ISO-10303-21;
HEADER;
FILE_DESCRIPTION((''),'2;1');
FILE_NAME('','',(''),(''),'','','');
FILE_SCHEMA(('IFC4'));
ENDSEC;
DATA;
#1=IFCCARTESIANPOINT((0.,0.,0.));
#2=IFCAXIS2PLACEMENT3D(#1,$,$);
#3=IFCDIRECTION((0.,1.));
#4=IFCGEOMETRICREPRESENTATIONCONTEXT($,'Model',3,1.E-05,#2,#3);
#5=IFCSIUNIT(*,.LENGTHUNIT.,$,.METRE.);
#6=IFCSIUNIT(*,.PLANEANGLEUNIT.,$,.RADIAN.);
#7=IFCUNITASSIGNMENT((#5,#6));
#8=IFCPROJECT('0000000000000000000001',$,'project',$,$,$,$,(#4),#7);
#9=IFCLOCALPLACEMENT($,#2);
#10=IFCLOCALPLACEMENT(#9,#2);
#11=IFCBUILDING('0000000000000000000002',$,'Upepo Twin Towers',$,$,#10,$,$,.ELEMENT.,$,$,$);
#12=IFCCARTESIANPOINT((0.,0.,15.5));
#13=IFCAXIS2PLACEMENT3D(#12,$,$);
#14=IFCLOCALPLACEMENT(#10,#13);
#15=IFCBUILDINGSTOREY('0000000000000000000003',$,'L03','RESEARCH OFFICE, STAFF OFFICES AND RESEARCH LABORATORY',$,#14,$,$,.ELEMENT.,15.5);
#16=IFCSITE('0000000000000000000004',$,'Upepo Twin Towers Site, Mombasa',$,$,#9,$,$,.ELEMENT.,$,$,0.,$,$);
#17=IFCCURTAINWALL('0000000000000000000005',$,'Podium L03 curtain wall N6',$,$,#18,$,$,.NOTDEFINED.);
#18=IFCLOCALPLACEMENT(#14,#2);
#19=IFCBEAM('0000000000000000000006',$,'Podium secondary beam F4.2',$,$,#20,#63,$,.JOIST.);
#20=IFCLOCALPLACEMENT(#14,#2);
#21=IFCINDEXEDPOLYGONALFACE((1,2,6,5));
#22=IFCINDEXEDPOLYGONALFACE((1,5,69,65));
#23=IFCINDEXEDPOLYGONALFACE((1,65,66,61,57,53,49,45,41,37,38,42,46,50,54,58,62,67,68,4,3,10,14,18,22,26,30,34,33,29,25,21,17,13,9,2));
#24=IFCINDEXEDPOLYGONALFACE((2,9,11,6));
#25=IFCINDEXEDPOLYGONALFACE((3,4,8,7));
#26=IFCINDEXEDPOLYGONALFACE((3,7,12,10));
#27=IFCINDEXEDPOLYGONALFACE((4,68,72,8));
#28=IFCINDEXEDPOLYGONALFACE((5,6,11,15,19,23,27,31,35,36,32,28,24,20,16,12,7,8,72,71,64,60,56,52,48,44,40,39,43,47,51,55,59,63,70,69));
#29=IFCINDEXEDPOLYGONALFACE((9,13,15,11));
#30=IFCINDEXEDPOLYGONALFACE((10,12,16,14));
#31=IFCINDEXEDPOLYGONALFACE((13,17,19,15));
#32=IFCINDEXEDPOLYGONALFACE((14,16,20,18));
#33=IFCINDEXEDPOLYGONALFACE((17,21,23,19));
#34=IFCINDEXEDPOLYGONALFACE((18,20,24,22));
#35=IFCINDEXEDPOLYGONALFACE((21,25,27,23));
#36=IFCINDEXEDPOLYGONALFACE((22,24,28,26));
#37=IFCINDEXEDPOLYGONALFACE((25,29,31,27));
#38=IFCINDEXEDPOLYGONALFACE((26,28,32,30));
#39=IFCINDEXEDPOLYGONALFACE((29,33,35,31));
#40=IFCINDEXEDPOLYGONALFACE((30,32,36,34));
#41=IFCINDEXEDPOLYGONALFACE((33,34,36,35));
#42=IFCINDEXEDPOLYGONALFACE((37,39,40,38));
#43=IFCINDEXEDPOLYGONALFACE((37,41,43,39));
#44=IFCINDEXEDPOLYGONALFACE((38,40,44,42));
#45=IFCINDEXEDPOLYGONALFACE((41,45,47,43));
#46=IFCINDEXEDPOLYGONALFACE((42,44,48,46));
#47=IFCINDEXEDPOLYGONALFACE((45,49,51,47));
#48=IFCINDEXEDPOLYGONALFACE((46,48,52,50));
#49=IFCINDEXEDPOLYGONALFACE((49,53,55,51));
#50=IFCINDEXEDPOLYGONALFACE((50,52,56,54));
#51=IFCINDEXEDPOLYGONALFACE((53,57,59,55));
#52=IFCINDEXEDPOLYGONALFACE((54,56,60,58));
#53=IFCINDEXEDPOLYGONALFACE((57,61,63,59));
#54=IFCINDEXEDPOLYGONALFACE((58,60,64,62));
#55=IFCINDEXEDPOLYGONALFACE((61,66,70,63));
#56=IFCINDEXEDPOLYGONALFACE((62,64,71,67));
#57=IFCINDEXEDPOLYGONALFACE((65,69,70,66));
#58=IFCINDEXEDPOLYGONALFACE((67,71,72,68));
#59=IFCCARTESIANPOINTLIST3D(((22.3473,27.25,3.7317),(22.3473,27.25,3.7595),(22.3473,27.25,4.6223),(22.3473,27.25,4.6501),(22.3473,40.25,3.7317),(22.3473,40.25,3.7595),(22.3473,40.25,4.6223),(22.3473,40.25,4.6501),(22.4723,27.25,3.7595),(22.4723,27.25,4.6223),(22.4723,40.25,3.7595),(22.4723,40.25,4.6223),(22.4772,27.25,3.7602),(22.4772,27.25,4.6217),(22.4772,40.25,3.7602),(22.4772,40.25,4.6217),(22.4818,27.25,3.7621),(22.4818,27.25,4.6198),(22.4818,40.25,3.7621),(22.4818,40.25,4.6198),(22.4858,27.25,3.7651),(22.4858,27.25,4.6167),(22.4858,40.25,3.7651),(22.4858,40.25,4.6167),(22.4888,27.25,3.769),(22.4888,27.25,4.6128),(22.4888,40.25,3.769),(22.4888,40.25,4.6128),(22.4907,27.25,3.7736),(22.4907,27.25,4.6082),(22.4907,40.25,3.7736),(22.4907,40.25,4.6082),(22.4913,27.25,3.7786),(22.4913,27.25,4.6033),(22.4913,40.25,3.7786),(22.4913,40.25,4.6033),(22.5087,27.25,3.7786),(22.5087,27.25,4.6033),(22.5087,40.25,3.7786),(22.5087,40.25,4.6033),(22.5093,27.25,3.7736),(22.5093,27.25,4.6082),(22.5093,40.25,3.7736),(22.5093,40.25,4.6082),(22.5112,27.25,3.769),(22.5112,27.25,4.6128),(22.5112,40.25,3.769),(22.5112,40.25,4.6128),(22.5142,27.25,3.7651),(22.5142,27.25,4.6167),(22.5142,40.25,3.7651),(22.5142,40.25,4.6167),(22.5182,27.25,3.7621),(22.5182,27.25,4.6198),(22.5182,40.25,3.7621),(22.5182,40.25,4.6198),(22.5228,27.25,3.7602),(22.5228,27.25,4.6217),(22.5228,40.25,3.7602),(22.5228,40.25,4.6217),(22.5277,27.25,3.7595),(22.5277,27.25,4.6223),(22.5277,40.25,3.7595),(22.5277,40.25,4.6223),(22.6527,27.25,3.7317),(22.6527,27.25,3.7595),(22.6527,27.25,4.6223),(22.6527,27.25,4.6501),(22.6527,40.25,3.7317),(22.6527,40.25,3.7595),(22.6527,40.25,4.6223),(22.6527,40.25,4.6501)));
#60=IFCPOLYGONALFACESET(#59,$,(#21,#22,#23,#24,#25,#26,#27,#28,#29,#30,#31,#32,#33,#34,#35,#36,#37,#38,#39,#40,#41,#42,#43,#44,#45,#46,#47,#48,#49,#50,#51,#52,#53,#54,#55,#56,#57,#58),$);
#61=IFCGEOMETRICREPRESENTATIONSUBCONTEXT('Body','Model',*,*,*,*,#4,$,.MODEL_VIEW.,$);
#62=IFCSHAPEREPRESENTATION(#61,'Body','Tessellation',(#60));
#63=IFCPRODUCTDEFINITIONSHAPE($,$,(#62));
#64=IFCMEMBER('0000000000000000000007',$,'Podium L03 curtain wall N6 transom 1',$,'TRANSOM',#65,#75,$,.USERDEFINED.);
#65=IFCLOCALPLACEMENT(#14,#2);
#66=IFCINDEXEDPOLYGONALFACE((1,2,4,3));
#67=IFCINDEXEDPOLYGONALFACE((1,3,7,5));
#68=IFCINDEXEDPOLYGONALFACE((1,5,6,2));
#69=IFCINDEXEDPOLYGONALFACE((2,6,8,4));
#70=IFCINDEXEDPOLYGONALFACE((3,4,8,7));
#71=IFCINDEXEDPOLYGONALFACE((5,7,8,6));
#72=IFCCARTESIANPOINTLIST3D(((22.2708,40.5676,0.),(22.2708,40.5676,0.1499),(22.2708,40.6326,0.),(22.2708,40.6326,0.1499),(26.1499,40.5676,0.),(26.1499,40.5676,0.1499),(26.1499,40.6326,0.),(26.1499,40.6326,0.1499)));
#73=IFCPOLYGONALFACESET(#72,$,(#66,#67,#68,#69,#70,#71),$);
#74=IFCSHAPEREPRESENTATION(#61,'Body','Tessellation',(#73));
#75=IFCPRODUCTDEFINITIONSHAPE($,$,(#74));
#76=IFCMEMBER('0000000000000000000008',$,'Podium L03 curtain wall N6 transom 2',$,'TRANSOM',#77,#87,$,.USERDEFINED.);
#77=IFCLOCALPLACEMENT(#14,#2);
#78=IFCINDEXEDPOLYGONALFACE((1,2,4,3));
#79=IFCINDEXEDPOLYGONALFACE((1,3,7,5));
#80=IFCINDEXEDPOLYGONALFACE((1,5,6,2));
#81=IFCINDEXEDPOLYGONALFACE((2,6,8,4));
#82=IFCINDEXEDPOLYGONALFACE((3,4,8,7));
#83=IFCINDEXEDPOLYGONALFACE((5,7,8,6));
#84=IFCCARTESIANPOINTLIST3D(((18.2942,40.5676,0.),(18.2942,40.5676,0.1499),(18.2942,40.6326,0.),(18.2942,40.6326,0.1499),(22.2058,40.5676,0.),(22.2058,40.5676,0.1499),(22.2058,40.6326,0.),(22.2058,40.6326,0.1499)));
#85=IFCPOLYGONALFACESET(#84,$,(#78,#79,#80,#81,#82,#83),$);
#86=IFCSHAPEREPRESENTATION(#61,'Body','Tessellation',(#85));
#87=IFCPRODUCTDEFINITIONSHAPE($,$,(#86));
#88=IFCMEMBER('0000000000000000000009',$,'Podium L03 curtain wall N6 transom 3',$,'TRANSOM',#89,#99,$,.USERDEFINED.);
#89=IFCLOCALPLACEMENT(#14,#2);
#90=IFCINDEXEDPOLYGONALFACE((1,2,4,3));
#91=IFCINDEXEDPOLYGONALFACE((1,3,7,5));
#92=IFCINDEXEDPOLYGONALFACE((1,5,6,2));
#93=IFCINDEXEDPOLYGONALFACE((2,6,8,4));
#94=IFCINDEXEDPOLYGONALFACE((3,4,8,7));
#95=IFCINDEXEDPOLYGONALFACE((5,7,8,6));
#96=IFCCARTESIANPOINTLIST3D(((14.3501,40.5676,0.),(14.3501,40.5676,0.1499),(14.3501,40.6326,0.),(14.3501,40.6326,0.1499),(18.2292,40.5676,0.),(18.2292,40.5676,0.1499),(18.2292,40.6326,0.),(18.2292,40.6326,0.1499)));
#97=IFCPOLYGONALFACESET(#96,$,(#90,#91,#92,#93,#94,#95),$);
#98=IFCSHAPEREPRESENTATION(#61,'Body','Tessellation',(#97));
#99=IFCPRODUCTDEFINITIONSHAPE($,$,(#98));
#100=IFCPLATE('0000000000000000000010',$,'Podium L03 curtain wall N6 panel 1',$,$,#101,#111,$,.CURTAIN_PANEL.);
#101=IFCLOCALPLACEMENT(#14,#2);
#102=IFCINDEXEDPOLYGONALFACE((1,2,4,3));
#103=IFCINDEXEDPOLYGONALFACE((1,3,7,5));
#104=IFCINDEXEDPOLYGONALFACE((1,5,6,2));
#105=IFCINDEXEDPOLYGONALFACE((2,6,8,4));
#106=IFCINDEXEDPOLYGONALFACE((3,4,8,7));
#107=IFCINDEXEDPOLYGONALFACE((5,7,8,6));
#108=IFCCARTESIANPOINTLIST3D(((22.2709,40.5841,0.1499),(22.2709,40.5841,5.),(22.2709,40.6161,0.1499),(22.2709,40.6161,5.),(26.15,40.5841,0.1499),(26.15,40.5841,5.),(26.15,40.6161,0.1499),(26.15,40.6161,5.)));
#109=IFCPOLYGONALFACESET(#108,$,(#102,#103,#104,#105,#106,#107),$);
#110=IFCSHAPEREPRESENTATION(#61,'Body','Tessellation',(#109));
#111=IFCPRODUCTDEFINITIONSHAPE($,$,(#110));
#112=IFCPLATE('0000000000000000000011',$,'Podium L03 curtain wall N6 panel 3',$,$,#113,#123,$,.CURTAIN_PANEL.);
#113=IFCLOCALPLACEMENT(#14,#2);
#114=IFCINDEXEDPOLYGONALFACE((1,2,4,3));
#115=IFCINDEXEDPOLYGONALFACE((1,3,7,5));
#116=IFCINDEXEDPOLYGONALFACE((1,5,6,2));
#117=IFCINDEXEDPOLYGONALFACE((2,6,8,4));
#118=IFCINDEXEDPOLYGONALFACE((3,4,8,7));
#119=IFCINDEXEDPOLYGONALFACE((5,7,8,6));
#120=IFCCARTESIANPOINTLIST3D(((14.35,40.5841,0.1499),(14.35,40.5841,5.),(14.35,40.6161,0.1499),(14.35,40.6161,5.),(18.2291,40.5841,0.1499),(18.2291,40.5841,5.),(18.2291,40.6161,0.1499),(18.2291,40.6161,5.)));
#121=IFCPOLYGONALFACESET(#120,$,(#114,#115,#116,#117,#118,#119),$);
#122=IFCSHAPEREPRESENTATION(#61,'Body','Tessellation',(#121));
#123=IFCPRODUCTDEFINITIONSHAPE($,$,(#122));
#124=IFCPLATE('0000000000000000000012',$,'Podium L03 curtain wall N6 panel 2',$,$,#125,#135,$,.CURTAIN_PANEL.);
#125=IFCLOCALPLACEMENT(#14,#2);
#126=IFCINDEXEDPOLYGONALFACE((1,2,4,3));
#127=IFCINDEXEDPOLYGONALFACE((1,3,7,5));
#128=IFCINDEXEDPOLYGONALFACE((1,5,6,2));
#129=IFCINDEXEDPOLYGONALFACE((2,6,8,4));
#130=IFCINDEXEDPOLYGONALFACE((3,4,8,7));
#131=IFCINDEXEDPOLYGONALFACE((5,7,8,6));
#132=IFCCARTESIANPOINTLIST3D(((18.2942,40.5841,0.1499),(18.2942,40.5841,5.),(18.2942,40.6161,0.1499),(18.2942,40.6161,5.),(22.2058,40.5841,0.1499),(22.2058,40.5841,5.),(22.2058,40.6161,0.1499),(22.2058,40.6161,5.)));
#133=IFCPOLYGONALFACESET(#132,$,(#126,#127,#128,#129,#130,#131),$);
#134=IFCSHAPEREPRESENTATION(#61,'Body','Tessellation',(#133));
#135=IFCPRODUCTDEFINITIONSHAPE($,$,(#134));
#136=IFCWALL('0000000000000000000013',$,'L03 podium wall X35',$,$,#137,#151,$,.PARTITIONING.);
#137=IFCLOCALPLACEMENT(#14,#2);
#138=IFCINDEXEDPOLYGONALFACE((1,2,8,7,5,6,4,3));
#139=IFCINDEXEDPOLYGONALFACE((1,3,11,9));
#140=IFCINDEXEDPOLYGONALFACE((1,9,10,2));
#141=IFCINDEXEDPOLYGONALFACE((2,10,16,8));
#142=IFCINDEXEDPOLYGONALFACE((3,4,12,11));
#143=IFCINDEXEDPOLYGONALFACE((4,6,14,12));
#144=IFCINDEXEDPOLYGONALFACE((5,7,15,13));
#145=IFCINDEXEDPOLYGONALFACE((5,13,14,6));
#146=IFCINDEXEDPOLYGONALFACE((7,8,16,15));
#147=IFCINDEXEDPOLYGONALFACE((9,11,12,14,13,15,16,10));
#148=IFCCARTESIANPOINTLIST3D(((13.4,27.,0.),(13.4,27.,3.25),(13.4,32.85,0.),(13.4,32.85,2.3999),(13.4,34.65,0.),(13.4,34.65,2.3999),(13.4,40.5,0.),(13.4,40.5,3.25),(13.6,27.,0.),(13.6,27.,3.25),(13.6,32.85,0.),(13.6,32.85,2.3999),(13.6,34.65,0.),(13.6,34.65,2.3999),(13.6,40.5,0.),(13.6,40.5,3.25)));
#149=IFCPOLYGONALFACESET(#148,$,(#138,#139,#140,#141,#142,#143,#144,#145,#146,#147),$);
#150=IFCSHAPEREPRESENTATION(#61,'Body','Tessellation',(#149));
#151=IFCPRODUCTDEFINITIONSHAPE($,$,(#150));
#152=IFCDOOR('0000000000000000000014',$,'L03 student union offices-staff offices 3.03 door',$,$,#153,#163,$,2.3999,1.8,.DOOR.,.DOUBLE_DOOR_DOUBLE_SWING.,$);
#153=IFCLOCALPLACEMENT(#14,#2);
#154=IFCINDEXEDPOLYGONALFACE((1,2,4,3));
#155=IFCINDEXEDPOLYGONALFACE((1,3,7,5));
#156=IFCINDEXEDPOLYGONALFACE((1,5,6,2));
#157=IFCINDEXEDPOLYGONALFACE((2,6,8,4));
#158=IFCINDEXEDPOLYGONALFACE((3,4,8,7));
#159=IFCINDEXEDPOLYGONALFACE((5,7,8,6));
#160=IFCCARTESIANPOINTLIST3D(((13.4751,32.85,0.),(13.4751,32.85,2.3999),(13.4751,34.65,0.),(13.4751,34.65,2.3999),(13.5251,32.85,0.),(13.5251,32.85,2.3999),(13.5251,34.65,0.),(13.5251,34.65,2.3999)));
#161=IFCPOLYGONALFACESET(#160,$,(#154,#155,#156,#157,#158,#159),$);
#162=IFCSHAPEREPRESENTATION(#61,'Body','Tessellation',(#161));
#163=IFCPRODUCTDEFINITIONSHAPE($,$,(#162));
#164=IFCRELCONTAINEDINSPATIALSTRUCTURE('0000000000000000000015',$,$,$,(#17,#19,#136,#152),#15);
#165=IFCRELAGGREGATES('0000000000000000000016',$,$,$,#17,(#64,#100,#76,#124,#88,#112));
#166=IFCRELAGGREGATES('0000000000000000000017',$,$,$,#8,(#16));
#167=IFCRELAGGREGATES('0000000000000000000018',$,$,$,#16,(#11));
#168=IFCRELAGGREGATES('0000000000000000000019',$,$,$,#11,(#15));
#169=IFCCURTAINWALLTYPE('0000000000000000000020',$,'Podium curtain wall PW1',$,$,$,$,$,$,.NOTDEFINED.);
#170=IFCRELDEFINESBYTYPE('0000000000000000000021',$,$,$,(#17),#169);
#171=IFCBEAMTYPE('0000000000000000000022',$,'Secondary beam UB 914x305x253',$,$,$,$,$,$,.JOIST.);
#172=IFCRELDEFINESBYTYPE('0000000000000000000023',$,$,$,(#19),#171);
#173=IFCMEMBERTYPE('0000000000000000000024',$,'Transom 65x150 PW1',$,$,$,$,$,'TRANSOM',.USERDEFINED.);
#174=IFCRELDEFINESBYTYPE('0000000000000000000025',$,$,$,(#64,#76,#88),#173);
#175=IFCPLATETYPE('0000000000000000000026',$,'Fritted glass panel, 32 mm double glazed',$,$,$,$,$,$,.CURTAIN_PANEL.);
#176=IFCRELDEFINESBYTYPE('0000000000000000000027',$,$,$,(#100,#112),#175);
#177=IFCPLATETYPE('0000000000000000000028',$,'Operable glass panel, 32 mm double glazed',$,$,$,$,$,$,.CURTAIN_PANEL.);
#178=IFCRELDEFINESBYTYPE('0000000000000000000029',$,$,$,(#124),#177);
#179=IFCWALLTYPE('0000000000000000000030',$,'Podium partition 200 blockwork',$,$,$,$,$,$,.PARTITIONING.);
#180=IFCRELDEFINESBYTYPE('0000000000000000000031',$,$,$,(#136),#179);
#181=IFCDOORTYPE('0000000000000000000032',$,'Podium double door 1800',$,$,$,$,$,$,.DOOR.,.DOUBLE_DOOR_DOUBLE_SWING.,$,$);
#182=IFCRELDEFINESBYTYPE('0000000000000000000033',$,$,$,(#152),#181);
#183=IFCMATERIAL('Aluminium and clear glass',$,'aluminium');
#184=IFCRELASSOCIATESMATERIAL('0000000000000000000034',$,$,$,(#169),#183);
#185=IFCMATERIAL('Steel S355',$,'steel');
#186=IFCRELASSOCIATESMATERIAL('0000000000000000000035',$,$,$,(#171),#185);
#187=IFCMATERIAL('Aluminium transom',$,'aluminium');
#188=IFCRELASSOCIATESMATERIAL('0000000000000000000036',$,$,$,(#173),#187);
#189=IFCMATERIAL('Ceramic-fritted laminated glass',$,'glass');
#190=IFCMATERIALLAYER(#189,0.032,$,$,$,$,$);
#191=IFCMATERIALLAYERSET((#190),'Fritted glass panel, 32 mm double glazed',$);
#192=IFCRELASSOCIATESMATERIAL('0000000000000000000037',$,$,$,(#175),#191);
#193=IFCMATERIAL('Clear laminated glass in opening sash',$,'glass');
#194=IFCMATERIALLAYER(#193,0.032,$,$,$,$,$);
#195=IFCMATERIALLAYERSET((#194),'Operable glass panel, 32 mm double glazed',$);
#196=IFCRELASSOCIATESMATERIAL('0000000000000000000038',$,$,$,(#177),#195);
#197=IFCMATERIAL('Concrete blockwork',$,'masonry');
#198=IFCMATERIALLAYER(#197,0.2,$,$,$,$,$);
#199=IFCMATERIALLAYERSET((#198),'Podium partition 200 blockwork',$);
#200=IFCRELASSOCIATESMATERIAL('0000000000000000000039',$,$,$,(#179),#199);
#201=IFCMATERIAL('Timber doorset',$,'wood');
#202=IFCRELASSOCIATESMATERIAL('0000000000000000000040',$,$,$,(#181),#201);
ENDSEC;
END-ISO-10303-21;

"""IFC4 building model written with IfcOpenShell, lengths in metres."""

from ifc_helpers import new_model, si_unit, direction, frame, frame_2d, origin, origin_2d, place, context, subcontext, project, spatial, rectangle, i_section, extrude, material, layer, layer_set, material_profile, profile_set, type_object, element, fill, aggregate, save


model = new_model("IFC4")

# Units and contexts
model_context = context("Model", 3, precision=1e-05, world=origin(), true_north=direction((0.0, 1.0)))
body_context = subcontext(model_context, "Body", "Model", "MODEL_VIEW")
ifc_project = project(units=[si_unit("LENGTHUNIT", "METRE"), si_unit("PLANEANGLEUNIT", "RADIAN")], contexts=[model_context])

# Site, building, storey
site_placement = place(None, origin())
site = spatial("IfcSite", under=ifc_project, at=site_placement, Name="Upepo Twin Towers Site, Mombasa", CompositionType="ELEMENT", RefElevation=0.0)
building_placement = place(site_placement, origin())
building = spatial("IfcBuilding", under=site, at=building_placement, Name="Upepo Twin Towers", CompositionType="ELEMENT")
storey_placement = place(building_placement, frame((0.0, 0.0, 15.5)))
storey = spatial("IfcBuildingStorey", under=building, at=storey_placement, Name="L03", Description="RESEARCH OFFICE, STAFF OFFICES AND RESEARCH LABORATORY", CompositionType="ELEMENT", Elevation=15.5)

# Curtain wall
ifc_material_1 = material(Name="Aluminium and clear glass", Category="aluminium")
curtain_wall_type = type_object("IfcCurtainWallType", Name="Podium curtain wall PW1", PredefinedType="NOTDEFINED", material=ifc_material_1)
curtain_wall_placement = place(storey_placement, origin())
curtain_wall = element("IfcCurtainWall", 1, at=curtain_wall_placement, inside=storey, type_object=curtain_wall_type, Name="Podium L03 curtain wall N6", PredefinedType="NOTDEFINED")

# Beam
ifc_material_2 = material(Name="Steel S355", Category="steel")
ifc_material_profile_1 = material_profile(ifc_material_2, i_section(OverallWidth=0.3054, OverallDepth=0.9185, WebThickness=0.0173, FlangeThickness=0.0278, FilletRadius=0.019, at=origin_2d()), Name="UB 914x305x253")
ifc_profile_set_1 = profile_set([ifc_material_profile_1], Name="Steel S355")
beam_type_1 = type_object("IfcBeamType", Name="Secondary beam UB 914x305x253", PredefinedType="JOIST", material=ifc_profile_set_1)
for number, where, z_axis, x_axis, name in (
    (2, (22.5, 27.25, 4.1909), (0.0, 1.0, 0.0), (-1.0, 0.0, 0.0), "Podium secondary beam F4.2"),
):
    element("IfcBeam", number, at=place(storey_placement, frame(where, z_axis=z_axis, x_axis=x_axis)), inside=storey, type_object=beam_type_1, Name=name, PredefinedType="JOIST", context=body_context, shape_type="SweptSolid", body=[
        extrude(i_section(OverallWidth=0.3054, OverallDepth=0.9185, WebThickness=0.0173, FlangeThickness=0.0278, FilletRadius=0.019, at=origin_2d()), origin(), (0.0, 0.0, 1.0), 13.0),
    ])

# Members
ifc_material_3 = material(Name="Aluminium transom", Category="aluminium")
ifc_material_profile_2 = material_profile(ifc_material_3, rectangle(XDim=0.0649, YDim=0.1499, at=origin_2d()), Name="TRANSOM 65x150 PODIUM")
ifc_profile_set_2 = profile_set([ifc_material_profile_2], Name="Aluminium transom")
member_type_1 = type_object("IfcMemberType", Name="Transom 65x150 PW1", ElementType="TRANSOM", PredefinedType="USERDEFINED", material=ifc_profile_set_2)
member_1_placement = place(storey_placement, frame((26.1499, 40.6001, 0.075), z_axis=(-1.0, 0.0, 0.0), x_axis=(0.0, -1.0, 0.0)))
member_1 = element("IfcMember", 3, at=member_1_placement, type_object=member_type_1, Name="Podium L03 curtain wall N6 transom 1", ObjectType="TRANSOM", PredefinedType="USERDEFINED", context=body_context, shape_type="SweptSolid", body=[
    extrude(rectangle(XDim=0.0649, YDim=0.1499, at=origin_2d()), origin(), (0.0, 0.0, 1.0), 3.8792),
])
member_2_placement = place(storey_placement, frame((22.2058, 40.6001, 0.075), z_axis=(-1.0, 0.0, 0.0), x_axis=(0.0, -1.0, 0.0)))
member_2 = element("IfcMember", 4, at=member_2_placement, type_object=member_type_1, Name="Podium L03 curtain wall N6 transom 2", ObjectType="TRANSOM", PredefinedType="USERDEFINED", context=body_context, shape_type="SweptSolid", body=[
    extrude(rectangle(XDim=0.0649, YDim=0.1499, at=origin_2d()), origin(), (0.0, 0.0, 1.0), 3.9116),
])
member_3_placement = place(storey_placement, frame((18.2292, 40.6001, 0.075), z_axis=(-1.0, 0.0, 0.0), x_axis=(0.0, -1.0, 0.0)))
member_3 = element("IfcMember", 5, at=member_3_placement, type_object=member_type_1, Name="Podium L03 curtain wall N6 transom 3", ObjectType="TRANSOM", PredefinedType="USERDEFINED", context=body_context, shape_type="SweptSolid", body=[
    extrude(rectangle(XDim=0.0649, YDim=0.1499, at=origin_2d()), origin(), (0.0, 0.0, 1.0), 3.8792),
])

# Plates
ifc_material_4 = material(Name="Ceramic-fritted laminated glass", Category="glass")
ifc_layer_1 = layer(ifc_material_4, 0.032)
ifc_layer_set_1 = layer_set([ifc_layer_1], Name="Fritted glass panel, 32 mm double glazed")
plate_type_1 = type_object("IfcPlateType", Name="Fritted glass panel, 32 mm double glazed", PredefinedType="CURTAIN_PANEL", material=ifc_layer_set_1)
plate_1_placement = place(storey_placement, frame((24.2104, 40.6001, 0.1499), z_axis=(0.0, 0.0, 1.0), x_axis=(-1.0, 0.0, 0.0)))
plate_1 = element("IfcPlate", 6, at=plate_1_placement, type_object=plate_type_1, Name="Podium L03 curtain wall N6 panel 1", PredefinedType="CURTAIN_PANEL", context=body_context, shape_type="SweptSolid", body=[
    extrude(rectangle(XDim=3.8792, YDim=0.032, at=origin_2d()), origin(), (0.0, 0.0, 1.0), 4.8501),
])
plate_2_placement = place(storey_placement, frame((16.2896, 40.6001, 0.1499), z_axis=(0.0, 0.0, 1.0), x_axis=(-1.0, 0.0, 0.0)))
plate_2 = element("IfcPlate", 7, at=plate_2_placement, type_object=plate_type_1, Name="Podium L03 curtain wall N6 panel 3", PredefinedType="CURTAIN_PANEL", context=body_context, shape_type="SweptSolid", body=[
    extrude(rectangle(XDim=3.8792, YDim=0.032, at=origin_2d()), origin(), (0.0, 0.0, 1.0), 4.8501),
])
ifc_material_5 = material(Name="Clear laminated glass in opening sash", Category="glass")
ifc_layer_2 = layer(ifc_material_5, 0.032)
ifc_layer_set_2 = layer_set([ifc_layer_2], Name="Operable glass panel, 32 mm double glazed")
plate_type_2 = type_object("IfcPlateType", Name="Operable glass panel, 32 mm double glazed", PredefinedType="CURTAIN_PANEL", material=ifc_layer_set_2)
plate_3_placement = place(storey_placement, frame((20.25, 40.6001, 0.1499), z_axis=(0.0, 0.0, 1.0), x_axis=(-1.0, 0.0, 0.0)))
plate_3 = element("IfcPlate", 8, at=plate_3_placement, type_object=plate_type_2, Name="Podium L03 curtain wall N6 panel 2", PredefinedType="CURTAIN_PANEL", context=body_context, shape_type="SweptSolid", body=[
    extrude(rectangle(XDim=3.9116, YDim=0.032, at=origin_2d()), origin(), (0.0, 0.0, 1.0), 4.8501),
])
aggregate(curtain_wall, [member_1, plate_1, member_2, plate_3, member_3, plate_2])

# Wall, opening, door
ifc_material_6 = material(Name="Concrete blockwork", Category="masonry")
ifc_layer_3 = layer(ifc_material_6, 0.2)
ifc_layer_set_3 = layer_set([ifc_layer_3], Name="Podium partition 200 blockwork")
wall_type = type_object("IfcWallType", Name="Podium partition 200 blockwork", PredefinedType="PARTITIONING", material=ifc_layer_set_3)
wall_1_placement = place(storey_placement, frame((13.5, 27.0, 0.0), z_axis=(0.0, 0.0, 1.0), x_axis=(0.0, 1.0, 0.0)))
wall_1 = element("IfcWall", 9, at=wall_1_placement, inside=storey, type_object=wall_type, Name="L03 podium wall X35", PredefinedType="PARTITIONING", context=body_context, shape_type="SweptSolid", body=[
    extrude(rectangle(XDim=13.5, YDim=0.2, at=frame_2d((6.75, 0.0))), origin(), (0.0, 0.0, 1.0), 3.25),
])
opening_1_placement = place(wall_1_placement, frame((5.8501, 0.0, 0.0)))
opening_1 = element("IfcOpeningElement", 10, at=opening_1_placement, cuts=wall_1, PredefinedType="OPENING", context=body_context, shape_type="SweptSolid", body=[
    extrude(rectangle(XDim=1.8, YDim=2.3999, at=frame_2d((0.8999, 1.2))), frame((0.0, 0.1099, 0.0), z_axis=(0.0, -1.0, 0.0), x_axis=(1.0, 0.0, 0.0)), (0.0, 0.0, 1.0), 0.22),
])
ifc_material_7 = material(Name="Timber doorset", Category="wood")
door_type = type_object("IfcDoorType", Name="Podium double door 1800", OperationType="DOUBLE_DOOR_DOUBLE_SWING", PredefinedType="DOOR", material=ifc_material_7)
door_1_placement = place(opening_1_placement, origin())
door_1 = element("IfcDoor", 11, at=door_1_placement, inside=storey, type_object=door_type, Name="L03 student union offices-staff offices 3.03 door", OperationType="DOUBLE_DOOR_DOUBLE_SWING", OverallHeight=2.3999, OverallWidth=1.8, PredefinedType="DOOR", context=body_context, shape_type="SweptSolid", body=[
    extrude(rectangle(XDim=1.8, YDim=2.3999, at=frame_2d((0.8999, 1.2))), frame((0.0, 0.0249, 0.0), z_axis=(0.0, -1.0, 0.0), x_axis=(1.0, 0.0, 0.0)), (0.0, 0.0, 1.0), 0.05),
])
fill(opening_1, door_1)

save(model, "model.ifc")
